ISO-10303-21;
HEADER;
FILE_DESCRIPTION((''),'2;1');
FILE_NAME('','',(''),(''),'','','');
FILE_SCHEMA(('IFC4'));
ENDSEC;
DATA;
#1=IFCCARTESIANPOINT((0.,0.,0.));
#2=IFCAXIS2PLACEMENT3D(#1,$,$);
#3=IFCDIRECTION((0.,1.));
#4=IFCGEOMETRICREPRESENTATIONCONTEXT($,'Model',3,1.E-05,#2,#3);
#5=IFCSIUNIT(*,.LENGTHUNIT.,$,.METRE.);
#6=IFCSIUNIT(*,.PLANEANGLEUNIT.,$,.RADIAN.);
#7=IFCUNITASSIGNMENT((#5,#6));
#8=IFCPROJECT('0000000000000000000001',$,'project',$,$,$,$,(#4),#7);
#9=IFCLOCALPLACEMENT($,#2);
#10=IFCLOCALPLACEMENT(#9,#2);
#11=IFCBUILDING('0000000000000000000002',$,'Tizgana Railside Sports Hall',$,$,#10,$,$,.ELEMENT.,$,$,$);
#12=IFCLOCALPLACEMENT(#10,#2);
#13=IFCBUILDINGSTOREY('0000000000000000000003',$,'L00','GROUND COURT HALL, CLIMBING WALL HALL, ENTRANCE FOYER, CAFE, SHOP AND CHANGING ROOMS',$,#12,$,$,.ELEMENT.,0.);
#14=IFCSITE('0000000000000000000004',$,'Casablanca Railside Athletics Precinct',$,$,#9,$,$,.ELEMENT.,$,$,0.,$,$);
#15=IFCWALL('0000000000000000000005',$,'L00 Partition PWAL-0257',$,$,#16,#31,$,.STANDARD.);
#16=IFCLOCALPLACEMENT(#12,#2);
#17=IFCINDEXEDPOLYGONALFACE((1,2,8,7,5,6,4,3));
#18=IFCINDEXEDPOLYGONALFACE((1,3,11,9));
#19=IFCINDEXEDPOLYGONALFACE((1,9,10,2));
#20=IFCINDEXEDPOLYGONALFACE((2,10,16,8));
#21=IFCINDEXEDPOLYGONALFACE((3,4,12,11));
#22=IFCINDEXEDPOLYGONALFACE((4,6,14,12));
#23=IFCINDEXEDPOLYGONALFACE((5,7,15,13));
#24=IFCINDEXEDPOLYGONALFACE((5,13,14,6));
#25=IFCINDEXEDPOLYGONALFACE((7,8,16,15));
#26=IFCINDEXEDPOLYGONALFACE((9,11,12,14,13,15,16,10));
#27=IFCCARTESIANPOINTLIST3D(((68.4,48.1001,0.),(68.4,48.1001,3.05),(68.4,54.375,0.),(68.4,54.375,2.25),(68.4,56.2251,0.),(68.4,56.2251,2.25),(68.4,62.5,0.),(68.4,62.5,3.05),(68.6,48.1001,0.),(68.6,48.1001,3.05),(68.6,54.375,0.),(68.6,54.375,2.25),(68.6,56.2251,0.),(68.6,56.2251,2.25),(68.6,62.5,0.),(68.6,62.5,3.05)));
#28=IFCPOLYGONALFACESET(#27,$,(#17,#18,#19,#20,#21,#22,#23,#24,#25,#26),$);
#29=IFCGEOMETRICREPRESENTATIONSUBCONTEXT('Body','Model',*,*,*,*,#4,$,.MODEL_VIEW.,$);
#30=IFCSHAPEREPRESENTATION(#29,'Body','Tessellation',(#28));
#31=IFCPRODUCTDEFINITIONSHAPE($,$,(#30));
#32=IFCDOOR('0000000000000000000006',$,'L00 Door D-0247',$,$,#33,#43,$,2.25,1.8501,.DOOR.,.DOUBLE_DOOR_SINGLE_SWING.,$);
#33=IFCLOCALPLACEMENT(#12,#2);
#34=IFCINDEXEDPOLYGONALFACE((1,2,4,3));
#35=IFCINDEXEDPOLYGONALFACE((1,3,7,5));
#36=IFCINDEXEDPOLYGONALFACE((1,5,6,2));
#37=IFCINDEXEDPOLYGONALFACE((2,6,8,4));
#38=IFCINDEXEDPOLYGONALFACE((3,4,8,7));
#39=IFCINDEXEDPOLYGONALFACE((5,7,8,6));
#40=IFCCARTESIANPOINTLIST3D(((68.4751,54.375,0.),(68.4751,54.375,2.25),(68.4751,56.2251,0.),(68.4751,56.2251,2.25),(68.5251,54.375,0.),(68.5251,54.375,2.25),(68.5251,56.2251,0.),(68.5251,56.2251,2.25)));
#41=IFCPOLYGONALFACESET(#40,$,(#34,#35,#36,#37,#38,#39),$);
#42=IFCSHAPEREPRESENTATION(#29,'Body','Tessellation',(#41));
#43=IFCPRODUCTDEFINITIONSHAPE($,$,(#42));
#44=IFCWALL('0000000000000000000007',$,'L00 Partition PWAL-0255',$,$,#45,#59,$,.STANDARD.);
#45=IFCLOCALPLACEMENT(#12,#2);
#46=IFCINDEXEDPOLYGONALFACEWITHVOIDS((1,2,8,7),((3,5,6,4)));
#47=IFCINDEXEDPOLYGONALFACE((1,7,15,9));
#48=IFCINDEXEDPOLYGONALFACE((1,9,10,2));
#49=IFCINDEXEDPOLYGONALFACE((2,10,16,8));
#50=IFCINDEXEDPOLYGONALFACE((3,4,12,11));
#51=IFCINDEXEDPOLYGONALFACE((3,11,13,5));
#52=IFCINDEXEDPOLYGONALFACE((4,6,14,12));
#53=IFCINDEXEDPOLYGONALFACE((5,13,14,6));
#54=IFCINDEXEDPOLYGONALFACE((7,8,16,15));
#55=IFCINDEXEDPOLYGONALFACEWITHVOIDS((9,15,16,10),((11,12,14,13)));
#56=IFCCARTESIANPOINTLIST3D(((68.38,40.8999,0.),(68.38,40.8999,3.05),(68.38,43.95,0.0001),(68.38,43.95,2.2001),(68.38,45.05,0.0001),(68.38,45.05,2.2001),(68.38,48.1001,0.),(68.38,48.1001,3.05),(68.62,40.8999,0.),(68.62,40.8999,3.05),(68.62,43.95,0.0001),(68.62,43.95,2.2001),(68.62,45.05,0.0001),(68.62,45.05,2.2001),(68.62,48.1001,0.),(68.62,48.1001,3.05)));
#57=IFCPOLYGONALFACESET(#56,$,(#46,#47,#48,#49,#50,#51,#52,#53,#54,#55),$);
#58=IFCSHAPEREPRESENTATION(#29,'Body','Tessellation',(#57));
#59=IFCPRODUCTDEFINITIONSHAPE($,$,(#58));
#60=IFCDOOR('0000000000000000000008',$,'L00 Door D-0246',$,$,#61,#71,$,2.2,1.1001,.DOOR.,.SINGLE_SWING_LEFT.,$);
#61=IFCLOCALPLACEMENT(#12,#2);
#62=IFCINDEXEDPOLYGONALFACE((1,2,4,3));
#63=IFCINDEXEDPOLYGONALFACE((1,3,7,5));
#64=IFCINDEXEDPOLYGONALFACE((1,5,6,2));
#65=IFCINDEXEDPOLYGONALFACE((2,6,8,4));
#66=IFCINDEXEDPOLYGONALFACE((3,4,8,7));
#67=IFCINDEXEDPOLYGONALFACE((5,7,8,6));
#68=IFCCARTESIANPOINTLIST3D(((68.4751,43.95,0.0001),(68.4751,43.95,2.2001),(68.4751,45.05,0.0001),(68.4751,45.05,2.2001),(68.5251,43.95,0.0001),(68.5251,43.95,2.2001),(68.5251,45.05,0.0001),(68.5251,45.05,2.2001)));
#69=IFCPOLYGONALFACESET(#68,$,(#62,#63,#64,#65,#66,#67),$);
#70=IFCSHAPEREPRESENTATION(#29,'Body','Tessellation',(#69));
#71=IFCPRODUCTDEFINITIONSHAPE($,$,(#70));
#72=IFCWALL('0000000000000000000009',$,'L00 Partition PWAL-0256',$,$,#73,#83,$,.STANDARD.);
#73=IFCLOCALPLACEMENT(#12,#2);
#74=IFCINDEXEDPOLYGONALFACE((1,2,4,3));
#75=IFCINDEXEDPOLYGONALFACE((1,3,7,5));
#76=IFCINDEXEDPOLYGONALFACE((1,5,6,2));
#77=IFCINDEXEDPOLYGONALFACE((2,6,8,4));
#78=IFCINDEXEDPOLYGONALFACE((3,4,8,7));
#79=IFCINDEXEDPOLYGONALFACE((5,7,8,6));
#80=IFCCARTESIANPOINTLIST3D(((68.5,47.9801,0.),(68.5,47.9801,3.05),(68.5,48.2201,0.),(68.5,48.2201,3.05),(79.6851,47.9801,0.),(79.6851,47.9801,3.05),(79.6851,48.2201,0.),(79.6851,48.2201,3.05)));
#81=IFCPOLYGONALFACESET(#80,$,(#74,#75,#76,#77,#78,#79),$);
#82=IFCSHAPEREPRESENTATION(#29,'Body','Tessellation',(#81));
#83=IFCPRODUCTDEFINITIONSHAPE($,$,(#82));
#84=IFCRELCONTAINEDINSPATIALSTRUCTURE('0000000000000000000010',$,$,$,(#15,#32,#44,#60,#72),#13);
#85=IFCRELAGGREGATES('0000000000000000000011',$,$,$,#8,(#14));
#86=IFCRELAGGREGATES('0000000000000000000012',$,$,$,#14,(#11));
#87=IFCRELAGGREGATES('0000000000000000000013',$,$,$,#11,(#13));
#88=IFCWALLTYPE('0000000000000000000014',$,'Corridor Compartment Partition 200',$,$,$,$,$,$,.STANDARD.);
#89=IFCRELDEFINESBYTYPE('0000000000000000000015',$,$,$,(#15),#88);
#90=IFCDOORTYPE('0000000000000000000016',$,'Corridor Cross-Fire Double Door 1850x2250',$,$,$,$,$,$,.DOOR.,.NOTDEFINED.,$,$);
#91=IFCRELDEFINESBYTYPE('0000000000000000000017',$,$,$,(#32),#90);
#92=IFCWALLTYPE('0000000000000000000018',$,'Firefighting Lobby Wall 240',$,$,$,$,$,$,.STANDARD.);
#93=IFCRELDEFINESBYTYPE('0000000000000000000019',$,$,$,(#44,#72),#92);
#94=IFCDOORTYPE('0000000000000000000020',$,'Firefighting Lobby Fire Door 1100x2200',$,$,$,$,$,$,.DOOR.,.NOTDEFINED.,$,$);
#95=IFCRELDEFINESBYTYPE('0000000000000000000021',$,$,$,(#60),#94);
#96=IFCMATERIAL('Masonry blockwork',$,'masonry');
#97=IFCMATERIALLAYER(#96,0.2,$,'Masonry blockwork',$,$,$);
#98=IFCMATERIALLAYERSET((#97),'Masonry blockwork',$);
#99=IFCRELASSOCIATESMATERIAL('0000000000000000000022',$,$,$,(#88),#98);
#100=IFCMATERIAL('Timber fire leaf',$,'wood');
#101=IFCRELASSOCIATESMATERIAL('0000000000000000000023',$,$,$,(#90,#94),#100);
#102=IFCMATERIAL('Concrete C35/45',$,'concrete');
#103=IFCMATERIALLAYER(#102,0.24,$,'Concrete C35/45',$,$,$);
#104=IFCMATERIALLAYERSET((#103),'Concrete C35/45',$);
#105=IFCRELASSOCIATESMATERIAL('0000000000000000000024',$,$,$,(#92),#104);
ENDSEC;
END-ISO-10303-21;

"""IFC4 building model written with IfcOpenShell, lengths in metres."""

from ifc_helpers import new_model, si_unit, direction, frame, frame_2d, origin, place, context, subcontext, project, spatial, rectangle, extrude, material, layer, layer_set, type_object, element, fill, save


model = new_model("IFC4")

# Units and contexts
model_context = context("Model", 3, precision=1e-05, world=origin(), true_north=direction((0.0, 1.0)))
body_context = subcontext(model_context, "Body", "Model", "MODEL_VIEW")
ifc_project = project(units=[si_unit("LENGTHUNIT", "METRE"), si_unit("PLANEANGLEUNIT", "RADIAN")], contexts=[model_context])

# Site, building, storey
site_placement = place(None, origin())
site = spatial("IfcSite", under=ifc_project, at=site_placement, Name="Casablanca Railside Athletics Precinct", CompositionType="ELEMENT", RefElevation=0.0)
building_placement = place(site_placement, origin())
building = spatial("IfcBuilding", under=site, at=building_placement, Name="Tizgana Railside Sports Hall", CompositionType="ELEMENT")
storey_placement = place(building_placement, origin())
storey = spatial("IfcBuildingStorey", under=building, at=storey_placement, Name="L00", Description="GROUND COURT HALL, CLIMBING WALL HALL, ENTRANCE FOYER, CAFE, SHOP AND CHANGING ROOMS", CompositionType="ELEMENT", Elevation=0.0)

# Walls, openings, doors
ifc_material_1 = material(Name="Masonry blockwork", Category="masonry")
ifc_layer_1 = layer(ifc_material_1, 0.2, Name="Masonry blockwork")
ifc_layer_set_1 = layer_set([ifc_layer_1], Name="Masonry blockwork")
wall_type_1 = type_object("IfcWallType", Name="Corridor Compartment Partition 200", PredefinedType="STANDARD", material=ifc_layer_set_1)
wall_1_placement = place(storey_placement, frame((68.5, 48.1001, 0.0), z_axis=(0.0, 0.0, 1.0), x_axis=(0.0, 1.0, 0.0)))
wall_1 = element("IfcWall", 1, at=wall_1_placement, inside=storey, type_object=wall_type_1, Name="L00 Partition PWAL-0257", PredefinedType="STANDARD", context=body_context, shape_type="SweptSolid", body=[
    extrude(rectangle(XDim=14.3999, YDim=0.2, at=frame_2d((7.2, 0.0))), origin(), (0.0, 0.0, 1.0), 3.05),
])
opening_1_placement = place(wall_1_placement, frame((6.2749, 0.0, 0.0)))
opening_1 = element("IfcOpeningElement", 2, at=opening_1_placement, cuts=wall_1, PredefinedType="OPENING", context=body_context, shape_type="SweptSolid", body=[
    extrude(rectangle(XDim=1.8501, YDim=2.25, at=frame_2d((0.925, 1.125))), frame((0.0, 0.1099, 0.0), z_axis=(0.0, -1.0, 0.0), x_axis=(1.0, 0.0, 0.0)), (0.0, 0.0, 1.0), 0.22),
])
ifc_material_2 = material(Name="Timber fire leaf", Category="wood")
door_type_1 = type_object("IfcDoorType", Name="Corridor Cross-Fire Double Door 1850x2250", OperationType="NOTDEFINED", PredefinedType="DOOR", material=ifc_material_2)
door_1_placement = place(opening_1_placement, origin())
door_1 = element("IfcDoor", 3, at=door_1_placement, inside=storey, type_object=door_type_1, Name="L00 Door D-0247", OperationType="DOUBLE_DOOR_SINGLE_SWING", OverallHeight=2.25, OverallWidth=1.8501, PredefinedType="DOOR", context=body_context, shape_type="SweptSolid", body=[
    extrude(rectangle(XDim=1.8501, YDim=2.25, at=frame_2d((0.925, 1.125))), frame((0.0, 0.0249, 0.0), z_axis=(0.0, -1.0, 0.0), x_axis=(1.0, 0.0, 0.0)), (0.0, 0.0, 1.0), 0.05),
])
fill(opening_1, door_1)
ifc_material_3 = material(Name="Concrete C35/45", Category="concrete")
ifc_layer_2 = layer(ifc_material_3, 0.24, Name="Concrete C35/45")
ifc_layer_set_2 = layer_set([ifc_layer_2], Name="Concrete C35/45")
wall_type_2 = type_object("IfcWallType", Name="Firefighting Lobby Wall 240", PredefinedType="STANDARD", material=ifc_layer_set_2)
wall_2_placement = place(storey_placement, frame((68.5, 40.8999, 0.0), z_axis=(0.0, 0.0, 1.0), x_axis=(0.0, 1.0, 0.0)))
wall_2 = element("IfcWall", 4, at=wall_2_placement, inside=storey, type_object=wall_type_2, Name="L00 Partition PWAL-0255", PredefinedType="STANDARD", context=body_context, shape_type="SweptSolid", body=[
    extrude(rectangle(XDim=7.2002, YDim=0.24, at=frame_2d((3.6001, 0.0))), origin(), (0.0, 0.0, 1.0), 3.05),
])
opening_2_placement = place(wall_2_placement, frame((3.05, 0.0, 0.0)))
opening_2 = element("IfcOpeningElement", 5, at=opening_2_placement, cuts=wall_2, PredefinedType="OPENING", context=body_context, shape_type="SweptSolid", body=[
    extrude(rectangle(XDim=1.1001, YDim=2.2, at=frame_2d((0.55, 1.1001))), frame((0.0, 0.1299, 0.0), z_axis=(0.0, -1.0, 0.0), x_axis=(1.0, 0.0, 0.0)), (0.0, 0.0, 1.0), 0.26),
])
door_type_2 = type_object("IfcDoorType", Name="Firefighting Lobby Fire Door 1100x2200", OperationType="NOTDEFINED", PredefinedType="DOOR", material=ifc_material_2)
door_2_placement = place(opening_2_placement, origin())
door_2 = element("IfcDoor", 6, at=door_2_placement, inside=storey, type_object=door_type_2, Name="L00 Door D-0246", OperationType="SINGLE_SWING_LEFT", OverallHeight=2.2, OverallWidth=1.1001, PredefinedType="DOOR", context=body_context, shape_type="SweptSolid", body=[
    extrude(rectangle(XDim=1.1001, YDim=2.2, at=frame_2d((0.55, 1.1001))), frame((0.0, 0.0249, 0.0), z_axis=(0.0, -1.0, 0.0), x_axis=(1.0, 0.0, 0.0)), (0.0, 0.0, 1.0), 0.05),
])
fill(opening_2, door_2)

# Wall
wall_3_placement = place(storey_placement, frame((68.5, 48.1001, 0.0), z_axis=(0.0, 0.0, 1.0), x_axis=(1.0, 0.0, 0.0)))
element("IfcWall", 7, at=wall_3_placement, inside=storey, type_object=wall_type_2, Name="L00 Partition PWAL-0256", PredefinedType="STANDARD", context=body_context, shape_type="SweptSolid", body=[
    extrude(rectangle(XDim=11.1851, YDim=0.24, at=frame_2d((5.5925, 0.0))), origin(), (0.0, 0.0, 1.0), 3.05),
])

save(model, "model.ifc")
